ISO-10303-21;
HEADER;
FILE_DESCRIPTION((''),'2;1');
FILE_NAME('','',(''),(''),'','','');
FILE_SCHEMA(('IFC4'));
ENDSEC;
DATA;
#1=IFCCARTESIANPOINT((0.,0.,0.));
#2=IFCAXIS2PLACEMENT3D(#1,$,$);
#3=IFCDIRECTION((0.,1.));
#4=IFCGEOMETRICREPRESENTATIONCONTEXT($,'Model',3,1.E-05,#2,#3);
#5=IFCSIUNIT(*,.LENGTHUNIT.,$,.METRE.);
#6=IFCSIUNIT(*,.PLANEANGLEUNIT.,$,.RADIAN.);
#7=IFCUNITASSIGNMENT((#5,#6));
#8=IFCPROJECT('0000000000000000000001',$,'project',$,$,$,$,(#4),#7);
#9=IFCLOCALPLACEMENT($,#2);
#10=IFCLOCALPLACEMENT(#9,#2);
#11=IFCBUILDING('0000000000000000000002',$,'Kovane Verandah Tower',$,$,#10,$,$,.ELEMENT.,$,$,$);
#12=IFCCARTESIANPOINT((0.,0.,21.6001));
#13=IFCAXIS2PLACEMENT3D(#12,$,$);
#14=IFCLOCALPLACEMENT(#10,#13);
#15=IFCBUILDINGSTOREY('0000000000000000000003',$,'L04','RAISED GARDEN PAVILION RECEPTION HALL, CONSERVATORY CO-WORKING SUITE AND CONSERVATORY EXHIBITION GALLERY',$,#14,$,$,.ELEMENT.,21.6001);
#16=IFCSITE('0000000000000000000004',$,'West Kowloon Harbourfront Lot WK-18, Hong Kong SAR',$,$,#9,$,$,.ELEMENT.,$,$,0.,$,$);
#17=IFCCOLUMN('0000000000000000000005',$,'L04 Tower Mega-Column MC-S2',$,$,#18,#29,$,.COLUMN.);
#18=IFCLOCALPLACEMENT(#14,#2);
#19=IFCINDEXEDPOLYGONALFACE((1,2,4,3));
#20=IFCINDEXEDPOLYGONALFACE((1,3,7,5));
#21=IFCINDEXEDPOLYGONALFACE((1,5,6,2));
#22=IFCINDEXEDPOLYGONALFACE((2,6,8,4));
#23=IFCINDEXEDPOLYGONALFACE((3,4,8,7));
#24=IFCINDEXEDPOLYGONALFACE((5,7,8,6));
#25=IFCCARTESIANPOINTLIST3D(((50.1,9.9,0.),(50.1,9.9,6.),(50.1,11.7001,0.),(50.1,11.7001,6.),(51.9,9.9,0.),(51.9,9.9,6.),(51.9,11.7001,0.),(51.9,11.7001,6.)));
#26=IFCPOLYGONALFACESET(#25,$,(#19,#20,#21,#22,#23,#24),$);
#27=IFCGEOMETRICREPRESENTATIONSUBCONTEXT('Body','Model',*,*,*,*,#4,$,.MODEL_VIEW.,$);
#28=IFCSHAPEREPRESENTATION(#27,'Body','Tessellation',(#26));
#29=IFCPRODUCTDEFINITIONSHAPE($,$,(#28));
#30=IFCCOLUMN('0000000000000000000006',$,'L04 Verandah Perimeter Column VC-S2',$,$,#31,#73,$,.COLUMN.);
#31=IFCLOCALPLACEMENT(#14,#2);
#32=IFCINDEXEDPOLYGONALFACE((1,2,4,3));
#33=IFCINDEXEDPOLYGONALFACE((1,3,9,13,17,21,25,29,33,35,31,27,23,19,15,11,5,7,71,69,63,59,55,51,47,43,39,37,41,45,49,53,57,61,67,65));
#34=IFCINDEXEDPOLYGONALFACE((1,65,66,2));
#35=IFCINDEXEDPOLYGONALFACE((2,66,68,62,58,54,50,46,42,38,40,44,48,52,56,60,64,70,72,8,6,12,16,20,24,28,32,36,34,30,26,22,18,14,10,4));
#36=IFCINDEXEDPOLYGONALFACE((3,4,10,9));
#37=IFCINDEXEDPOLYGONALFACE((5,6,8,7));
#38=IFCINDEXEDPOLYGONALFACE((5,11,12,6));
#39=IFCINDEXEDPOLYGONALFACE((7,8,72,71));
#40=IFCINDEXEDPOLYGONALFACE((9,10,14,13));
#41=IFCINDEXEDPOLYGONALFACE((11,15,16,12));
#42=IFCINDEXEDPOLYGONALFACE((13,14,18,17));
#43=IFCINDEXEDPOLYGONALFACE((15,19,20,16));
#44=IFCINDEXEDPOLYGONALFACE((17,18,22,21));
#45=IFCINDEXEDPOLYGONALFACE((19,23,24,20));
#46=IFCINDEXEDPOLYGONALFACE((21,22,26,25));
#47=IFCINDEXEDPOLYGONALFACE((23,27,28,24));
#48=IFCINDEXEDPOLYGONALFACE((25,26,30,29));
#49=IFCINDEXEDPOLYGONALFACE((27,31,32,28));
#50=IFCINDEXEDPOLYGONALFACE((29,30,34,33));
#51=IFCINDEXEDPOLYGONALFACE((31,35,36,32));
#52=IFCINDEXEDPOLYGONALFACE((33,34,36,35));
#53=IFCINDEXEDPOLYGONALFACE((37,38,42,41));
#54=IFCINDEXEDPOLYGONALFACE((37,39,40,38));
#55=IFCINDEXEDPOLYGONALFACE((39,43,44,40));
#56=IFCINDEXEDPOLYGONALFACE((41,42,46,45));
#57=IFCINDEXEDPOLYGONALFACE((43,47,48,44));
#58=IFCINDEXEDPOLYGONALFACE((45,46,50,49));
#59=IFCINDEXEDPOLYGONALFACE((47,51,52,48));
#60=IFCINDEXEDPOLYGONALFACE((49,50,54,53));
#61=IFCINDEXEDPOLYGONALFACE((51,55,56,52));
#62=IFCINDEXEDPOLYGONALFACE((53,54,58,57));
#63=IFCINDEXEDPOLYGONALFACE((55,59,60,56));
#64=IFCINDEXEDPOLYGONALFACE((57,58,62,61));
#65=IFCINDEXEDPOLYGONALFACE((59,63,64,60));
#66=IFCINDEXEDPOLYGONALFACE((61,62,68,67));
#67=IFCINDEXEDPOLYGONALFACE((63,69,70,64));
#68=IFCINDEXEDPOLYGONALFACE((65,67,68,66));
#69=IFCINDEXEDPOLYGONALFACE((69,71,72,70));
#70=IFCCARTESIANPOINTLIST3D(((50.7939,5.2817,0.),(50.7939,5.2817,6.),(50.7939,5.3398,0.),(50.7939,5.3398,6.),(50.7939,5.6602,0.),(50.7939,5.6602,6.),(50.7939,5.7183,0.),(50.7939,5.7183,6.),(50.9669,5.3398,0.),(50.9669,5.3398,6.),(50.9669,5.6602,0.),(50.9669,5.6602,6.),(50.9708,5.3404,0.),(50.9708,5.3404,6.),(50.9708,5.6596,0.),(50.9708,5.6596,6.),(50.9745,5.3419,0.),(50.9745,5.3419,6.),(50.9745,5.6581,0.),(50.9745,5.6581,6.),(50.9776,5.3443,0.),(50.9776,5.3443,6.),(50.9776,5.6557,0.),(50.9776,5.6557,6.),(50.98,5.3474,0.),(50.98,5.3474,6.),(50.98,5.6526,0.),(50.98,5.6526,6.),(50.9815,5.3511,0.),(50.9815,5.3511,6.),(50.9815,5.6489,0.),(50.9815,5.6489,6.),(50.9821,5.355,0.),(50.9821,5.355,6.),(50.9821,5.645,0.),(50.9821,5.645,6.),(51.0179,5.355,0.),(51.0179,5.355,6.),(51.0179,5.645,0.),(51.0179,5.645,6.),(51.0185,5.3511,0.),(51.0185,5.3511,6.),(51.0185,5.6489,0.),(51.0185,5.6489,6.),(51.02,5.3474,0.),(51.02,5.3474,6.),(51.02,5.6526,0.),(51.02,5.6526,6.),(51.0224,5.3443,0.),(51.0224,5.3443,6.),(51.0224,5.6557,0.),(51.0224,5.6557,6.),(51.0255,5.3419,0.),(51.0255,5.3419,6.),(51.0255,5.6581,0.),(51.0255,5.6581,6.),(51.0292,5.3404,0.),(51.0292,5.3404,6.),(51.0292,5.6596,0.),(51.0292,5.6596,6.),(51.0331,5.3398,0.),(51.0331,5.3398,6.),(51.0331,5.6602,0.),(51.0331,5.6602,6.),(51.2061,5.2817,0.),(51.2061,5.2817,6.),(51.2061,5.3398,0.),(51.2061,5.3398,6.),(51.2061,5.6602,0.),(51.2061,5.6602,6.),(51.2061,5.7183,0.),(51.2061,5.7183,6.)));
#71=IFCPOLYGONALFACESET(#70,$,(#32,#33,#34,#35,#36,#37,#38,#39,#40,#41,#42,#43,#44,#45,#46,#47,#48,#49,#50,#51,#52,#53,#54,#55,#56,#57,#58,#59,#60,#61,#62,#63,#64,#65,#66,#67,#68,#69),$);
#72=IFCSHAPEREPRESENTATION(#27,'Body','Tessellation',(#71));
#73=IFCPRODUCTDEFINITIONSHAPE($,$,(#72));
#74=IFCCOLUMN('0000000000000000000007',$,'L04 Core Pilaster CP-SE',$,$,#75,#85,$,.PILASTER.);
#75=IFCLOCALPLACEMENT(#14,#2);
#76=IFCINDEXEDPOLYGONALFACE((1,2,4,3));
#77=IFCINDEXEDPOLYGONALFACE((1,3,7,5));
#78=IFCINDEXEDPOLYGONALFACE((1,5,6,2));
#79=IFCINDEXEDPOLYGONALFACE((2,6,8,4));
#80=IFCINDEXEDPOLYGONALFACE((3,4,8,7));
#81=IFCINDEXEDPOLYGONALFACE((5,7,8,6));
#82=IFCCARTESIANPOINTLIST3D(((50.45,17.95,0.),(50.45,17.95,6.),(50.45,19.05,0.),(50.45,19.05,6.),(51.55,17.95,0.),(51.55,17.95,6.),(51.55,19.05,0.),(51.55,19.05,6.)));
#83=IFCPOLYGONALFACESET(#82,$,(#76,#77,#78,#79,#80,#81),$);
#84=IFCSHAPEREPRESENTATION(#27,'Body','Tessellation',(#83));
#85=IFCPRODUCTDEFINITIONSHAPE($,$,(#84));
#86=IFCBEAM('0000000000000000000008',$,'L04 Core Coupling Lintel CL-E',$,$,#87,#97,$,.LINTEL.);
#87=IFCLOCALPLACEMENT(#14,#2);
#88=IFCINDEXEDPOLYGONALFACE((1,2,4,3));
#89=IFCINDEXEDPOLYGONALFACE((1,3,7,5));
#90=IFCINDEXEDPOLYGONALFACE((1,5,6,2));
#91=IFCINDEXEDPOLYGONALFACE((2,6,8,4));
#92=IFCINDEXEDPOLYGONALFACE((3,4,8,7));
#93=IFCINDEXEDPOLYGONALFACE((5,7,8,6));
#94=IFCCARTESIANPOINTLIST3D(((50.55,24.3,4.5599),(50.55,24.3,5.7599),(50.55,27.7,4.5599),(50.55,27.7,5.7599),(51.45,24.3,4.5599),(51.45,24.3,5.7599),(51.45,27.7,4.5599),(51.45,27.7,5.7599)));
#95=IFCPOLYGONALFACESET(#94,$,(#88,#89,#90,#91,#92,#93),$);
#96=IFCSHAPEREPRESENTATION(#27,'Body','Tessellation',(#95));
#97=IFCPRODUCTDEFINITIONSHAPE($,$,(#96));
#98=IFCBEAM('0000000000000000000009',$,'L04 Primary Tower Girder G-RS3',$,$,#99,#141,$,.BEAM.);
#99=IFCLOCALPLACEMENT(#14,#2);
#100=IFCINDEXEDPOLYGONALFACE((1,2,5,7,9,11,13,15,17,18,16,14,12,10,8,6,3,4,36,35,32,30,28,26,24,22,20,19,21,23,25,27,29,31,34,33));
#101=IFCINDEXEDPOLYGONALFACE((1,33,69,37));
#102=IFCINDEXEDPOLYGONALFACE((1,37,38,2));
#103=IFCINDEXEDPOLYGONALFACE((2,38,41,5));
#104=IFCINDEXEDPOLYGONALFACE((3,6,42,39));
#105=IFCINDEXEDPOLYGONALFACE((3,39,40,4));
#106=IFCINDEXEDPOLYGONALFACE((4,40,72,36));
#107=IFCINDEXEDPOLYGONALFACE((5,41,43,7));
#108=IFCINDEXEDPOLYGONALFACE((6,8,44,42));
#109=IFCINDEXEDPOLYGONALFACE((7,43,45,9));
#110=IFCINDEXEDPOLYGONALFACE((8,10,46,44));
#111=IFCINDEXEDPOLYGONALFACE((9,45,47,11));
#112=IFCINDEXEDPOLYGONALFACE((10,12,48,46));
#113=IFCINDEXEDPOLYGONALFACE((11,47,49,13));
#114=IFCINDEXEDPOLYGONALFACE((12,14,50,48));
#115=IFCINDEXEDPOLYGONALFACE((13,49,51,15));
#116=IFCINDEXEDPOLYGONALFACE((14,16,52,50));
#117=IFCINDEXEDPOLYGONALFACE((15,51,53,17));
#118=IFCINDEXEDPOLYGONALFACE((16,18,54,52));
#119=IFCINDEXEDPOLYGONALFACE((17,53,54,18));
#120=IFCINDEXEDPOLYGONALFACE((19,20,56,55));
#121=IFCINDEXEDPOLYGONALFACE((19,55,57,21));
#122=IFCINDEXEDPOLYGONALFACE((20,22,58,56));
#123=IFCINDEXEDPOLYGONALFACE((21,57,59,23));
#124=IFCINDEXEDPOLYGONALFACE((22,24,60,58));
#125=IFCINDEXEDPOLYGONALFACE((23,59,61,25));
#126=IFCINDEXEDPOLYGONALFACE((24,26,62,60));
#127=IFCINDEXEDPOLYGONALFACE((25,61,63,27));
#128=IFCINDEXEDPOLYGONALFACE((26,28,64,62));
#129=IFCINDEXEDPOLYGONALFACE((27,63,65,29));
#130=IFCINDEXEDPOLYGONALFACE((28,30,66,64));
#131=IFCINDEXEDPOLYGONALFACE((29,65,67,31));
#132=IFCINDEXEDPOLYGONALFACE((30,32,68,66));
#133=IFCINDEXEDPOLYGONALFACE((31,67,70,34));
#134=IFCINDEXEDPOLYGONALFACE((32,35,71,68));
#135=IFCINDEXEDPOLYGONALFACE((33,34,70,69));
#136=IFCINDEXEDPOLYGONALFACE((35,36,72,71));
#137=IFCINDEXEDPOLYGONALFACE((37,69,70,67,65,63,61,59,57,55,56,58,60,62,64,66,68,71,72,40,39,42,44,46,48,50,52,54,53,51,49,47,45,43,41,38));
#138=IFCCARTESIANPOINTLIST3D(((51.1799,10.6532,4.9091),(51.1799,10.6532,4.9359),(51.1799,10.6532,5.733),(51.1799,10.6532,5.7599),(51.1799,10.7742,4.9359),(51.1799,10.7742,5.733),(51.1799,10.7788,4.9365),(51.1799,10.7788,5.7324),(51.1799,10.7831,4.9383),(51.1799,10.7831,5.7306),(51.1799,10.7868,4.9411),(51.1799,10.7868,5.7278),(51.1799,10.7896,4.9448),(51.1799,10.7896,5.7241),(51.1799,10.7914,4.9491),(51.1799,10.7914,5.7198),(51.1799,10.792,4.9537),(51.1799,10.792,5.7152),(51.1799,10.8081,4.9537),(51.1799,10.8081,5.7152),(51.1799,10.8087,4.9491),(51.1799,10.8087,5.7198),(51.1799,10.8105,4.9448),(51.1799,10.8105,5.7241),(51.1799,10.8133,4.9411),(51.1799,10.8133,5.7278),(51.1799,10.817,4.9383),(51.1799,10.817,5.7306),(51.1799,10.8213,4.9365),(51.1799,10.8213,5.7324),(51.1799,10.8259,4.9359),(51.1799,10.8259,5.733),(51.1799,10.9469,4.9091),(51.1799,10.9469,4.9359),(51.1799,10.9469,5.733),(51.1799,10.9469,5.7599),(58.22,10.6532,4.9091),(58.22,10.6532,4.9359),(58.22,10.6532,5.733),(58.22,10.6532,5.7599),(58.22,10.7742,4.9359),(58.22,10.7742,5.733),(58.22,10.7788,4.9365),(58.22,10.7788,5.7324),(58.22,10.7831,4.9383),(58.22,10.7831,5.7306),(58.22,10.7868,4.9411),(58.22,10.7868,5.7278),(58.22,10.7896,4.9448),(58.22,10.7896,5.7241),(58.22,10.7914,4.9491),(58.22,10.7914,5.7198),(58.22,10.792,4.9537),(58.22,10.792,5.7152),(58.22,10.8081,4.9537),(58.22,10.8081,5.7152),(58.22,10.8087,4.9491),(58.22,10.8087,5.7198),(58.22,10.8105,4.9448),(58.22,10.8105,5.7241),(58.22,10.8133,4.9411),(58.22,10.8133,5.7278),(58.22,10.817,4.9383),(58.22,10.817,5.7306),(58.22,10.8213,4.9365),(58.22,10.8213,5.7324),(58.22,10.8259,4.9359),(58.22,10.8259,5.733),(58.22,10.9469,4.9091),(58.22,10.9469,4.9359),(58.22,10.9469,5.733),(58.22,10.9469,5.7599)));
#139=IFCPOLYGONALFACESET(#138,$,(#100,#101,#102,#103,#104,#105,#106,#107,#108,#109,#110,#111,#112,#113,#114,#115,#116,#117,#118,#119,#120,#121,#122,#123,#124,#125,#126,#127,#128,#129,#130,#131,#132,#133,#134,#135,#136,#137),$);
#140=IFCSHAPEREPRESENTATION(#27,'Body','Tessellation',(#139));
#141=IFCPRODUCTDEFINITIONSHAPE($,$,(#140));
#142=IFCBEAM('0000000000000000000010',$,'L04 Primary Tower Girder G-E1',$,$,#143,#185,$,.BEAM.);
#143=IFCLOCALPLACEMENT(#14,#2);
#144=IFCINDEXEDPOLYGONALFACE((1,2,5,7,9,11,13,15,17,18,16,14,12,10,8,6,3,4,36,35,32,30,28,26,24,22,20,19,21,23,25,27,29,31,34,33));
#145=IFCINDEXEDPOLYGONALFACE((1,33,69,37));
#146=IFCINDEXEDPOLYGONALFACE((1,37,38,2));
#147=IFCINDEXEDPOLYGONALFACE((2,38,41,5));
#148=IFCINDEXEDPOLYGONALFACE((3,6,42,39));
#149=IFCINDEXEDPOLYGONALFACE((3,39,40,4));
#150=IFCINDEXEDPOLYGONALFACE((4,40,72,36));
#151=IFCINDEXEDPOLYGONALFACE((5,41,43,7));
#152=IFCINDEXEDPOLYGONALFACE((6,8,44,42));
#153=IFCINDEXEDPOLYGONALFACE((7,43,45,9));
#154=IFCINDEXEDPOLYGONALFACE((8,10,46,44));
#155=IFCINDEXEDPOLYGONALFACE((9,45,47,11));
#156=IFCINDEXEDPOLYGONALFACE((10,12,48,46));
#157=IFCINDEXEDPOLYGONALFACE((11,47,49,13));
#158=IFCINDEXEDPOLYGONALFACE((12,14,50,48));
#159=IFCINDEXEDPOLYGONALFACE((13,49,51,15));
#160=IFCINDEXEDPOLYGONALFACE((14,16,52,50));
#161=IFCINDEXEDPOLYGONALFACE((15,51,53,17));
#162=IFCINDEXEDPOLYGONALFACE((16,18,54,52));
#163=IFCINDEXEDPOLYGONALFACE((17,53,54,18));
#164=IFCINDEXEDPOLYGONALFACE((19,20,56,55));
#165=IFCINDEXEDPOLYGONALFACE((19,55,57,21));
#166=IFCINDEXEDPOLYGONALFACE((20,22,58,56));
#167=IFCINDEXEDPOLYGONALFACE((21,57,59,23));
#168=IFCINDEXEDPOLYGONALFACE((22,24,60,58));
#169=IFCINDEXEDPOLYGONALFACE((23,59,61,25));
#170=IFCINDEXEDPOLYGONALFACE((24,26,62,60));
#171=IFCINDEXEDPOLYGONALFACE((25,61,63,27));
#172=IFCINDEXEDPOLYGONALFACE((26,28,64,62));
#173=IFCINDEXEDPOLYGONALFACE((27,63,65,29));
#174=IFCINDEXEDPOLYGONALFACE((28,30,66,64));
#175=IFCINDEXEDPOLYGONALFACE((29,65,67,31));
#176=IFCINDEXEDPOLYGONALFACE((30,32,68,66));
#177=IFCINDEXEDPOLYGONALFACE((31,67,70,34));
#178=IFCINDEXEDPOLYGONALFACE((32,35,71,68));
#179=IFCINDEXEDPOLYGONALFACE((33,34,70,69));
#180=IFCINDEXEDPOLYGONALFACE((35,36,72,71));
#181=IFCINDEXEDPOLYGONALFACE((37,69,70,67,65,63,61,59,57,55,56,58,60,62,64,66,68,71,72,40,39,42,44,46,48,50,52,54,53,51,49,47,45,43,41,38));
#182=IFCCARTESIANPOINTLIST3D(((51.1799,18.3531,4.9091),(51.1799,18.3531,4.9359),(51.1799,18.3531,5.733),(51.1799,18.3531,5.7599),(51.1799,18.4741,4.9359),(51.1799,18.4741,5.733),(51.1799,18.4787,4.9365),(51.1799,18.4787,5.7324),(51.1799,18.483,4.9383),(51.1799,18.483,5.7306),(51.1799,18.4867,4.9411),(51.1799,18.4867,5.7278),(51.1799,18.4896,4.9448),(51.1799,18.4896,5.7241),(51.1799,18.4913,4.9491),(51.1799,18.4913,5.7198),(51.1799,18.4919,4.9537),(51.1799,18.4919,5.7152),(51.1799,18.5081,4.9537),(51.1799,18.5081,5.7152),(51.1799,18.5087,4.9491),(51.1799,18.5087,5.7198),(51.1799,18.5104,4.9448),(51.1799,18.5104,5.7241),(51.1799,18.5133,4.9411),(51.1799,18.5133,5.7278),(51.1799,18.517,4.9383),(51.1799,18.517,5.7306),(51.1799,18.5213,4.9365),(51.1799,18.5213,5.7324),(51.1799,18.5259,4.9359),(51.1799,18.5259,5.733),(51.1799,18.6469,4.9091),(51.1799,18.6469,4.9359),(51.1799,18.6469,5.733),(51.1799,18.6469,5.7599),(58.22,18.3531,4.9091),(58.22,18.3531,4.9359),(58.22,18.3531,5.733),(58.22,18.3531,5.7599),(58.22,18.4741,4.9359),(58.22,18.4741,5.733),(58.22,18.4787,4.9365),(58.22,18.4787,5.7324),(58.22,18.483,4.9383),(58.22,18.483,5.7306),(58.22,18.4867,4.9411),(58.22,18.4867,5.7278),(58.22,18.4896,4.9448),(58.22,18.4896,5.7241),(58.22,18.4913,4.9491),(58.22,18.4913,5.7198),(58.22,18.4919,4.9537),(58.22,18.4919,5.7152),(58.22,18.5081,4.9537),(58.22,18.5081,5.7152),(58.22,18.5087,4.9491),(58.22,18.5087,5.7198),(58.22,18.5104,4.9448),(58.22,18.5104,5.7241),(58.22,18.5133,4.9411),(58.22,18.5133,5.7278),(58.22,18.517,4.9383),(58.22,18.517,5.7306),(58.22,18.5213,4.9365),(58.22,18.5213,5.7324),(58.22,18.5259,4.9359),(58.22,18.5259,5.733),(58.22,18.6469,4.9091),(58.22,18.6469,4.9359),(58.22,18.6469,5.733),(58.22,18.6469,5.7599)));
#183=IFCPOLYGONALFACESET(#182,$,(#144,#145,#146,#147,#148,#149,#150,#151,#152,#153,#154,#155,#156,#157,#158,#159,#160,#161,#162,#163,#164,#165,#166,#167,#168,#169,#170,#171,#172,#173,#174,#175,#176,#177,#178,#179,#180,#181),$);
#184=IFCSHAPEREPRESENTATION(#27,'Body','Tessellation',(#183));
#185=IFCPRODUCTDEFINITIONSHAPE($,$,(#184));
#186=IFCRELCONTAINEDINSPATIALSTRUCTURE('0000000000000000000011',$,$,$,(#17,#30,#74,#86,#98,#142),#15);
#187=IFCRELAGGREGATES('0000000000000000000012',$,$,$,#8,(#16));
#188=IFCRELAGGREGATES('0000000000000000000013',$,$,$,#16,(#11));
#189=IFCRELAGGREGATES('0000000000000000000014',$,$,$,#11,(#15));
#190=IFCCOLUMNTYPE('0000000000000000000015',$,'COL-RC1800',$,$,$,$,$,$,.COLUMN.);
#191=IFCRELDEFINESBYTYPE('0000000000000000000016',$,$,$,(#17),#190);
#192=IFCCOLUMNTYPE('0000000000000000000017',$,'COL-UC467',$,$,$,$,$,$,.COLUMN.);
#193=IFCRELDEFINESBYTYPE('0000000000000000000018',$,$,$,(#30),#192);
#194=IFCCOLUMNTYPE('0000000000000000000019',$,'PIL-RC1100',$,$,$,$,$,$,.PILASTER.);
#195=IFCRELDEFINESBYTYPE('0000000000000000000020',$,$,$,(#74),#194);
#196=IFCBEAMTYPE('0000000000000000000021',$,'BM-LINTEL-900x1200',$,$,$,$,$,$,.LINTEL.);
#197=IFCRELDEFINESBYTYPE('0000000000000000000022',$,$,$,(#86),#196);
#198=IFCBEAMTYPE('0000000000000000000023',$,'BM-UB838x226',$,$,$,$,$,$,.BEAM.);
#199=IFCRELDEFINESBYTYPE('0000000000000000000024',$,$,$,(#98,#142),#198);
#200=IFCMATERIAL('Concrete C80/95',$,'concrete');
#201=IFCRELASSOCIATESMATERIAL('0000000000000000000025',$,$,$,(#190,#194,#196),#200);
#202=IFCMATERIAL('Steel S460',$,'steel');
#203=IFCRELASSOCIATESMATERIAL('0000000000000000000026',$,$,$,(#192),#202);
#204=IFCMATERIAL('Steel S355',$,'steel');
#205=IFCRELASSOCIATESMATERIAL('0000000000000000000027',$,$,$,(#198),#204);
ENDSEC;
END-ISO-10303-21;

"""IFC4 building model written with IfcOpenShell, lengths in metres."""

from ifc_helpers import new_model, si_unit, direction, frame, origin, origin_2d, place, context, subcontext, project, spatial, rectangle, i_section, extrude, material, material_profile, profile_set, type_object, element, save


model = new_model("IFC4")

# Units and contexts
model_context = context("Model", 3, precision=1e-05, world=origin(), true_north=direction((0.0, 1.0)))
body_context = subcontext(model_context, "Body", "Model", "MODEL_VIEW")
ifc_project = project(units=[si_unit("LENGTHUNIT", "METRE"), si_unit("PLANEANGLEUNIT", "RADIAN")], contexts=[model_context])

# Site, building, storey
site_placement = place(None, origin())
site = spatial("IfcSite", under=ifc_project, at=site_placement, Name="West Kowloon Harbourfront Lot WK-18, Hong Kong SAR", CompositionType="ELEMENT", RefElevation=0.0)
building_placement = place(site_placement, origin())
building = spatial("IfcBuilding", under=site, at=building_placement, Name="Kovane Verandah Tower", CompositionType="ELEMENT")
storey_placement = place(building_placement, frame((0.0, 0.0, 21.6001)))
storey = spatial("IfcBuildingStorey", under=building, at=storey_placement, Name="L04", Description="RAISED GARDEN PAVILION RECEPTION HALL, CONSERVATORY CO-WORKING SUITE AND CONSERVATORY EXHIBITION GALLERY", CompositionType="ELEMENT", Elevation=21.6001)

# Columns
ifc_material_1 = material(Name="Concrete C80/95", Category="concrete")
ifc_material_profile_1 = material_profile(ifc_material_1, rectangle(XDim=1.8, YDim=1.8, at=origin_2d()), Name="RC1800x1800")
ifc_profile_set_1 = profile_set([ifc_material_profile_1], Name="Concrete C80/95")
column_type_1 = type_object("IfcColumnType", Name="COL-RC1800", PredefinedType="COLUMN", material=ifc_profile_set_1)
column_1_placement = place(storey_placement, frame((51.0, 10.8, 0.0), z_axis=(0.0, 0.0, 1.0), x_axis=(1.0, 0.0, 0.0)))
element("IfcColumn", 1, at=column_1_placement, inside=storey, type_object=column_type_1, Name="L04 Tower Mega-Column MC-S2", PredefinedType="COLUMN", context=body_context, shape_type="SweptSolid", body=[
    extrude(rectangle(XDim=1.8, YDim=1.8, at=origin_2d()), origin(), (0.0, 0.0, 1.0), 6.0),
])
ifc_material_2 = material(Name="Steel S460", Category="steel")
ifc_material_profile_2 = material_profile(ifc_material_2, i_section(OverallWidth=0.4121, OverallDepth=0.4365, WebThickness=0.0359, FlangeThickness=0.0581, FilletRadius=0.0151, at=origin_2d()), Name="UC356x406x467")
ifc_profile_set_2 = profile_set([ifc_material_profile_2], Name="Steel S460")
column_type_2 = type_object("IfcColumnType", Name="COL-UC467", PredefinedType="COLUMN", material=ifc_profile_set_2)
column_2_placement = place(storey_placement, frame((51.0, 5.5, 0.0), z_axis=(0.0, 0.0, 1.0), x_axis=(1.0, 0.0, 0.0)))
element("IfcColumn", 2, at=column_2_placement, inside=storey, type_object=column_type_2, Name="L04 Verandah Perimeter Column VC-S2", PredefinedType="COLUMN", context=body_context, shape_type="SweptSolid", body=[
    extrude(i_section(OverallWidth=0.4121, OverallDepth=0.4365, WebThickness=0.0359, FlangeThickness=0.0581, FilletRadius=0.0151, at=origin_2d()), origin(), (0.0, 0.0, 1.0), 6.0),
])
ifc_material_profile_3 = material_profile(ifc_material_1, rectangle(XDim=1.1001, YDim=1.1001, at=origin_2d()), Name="RC1100x1100")
ifc_profile_set_3 = profile_set([ifc_material_profile_3], Name="Concrete C80/95")
column_type_3 = type_object("IfcColumnType", Name="PIL-RC1100", PredefinedType="PILASTER", material=ifc_profile_set_3)
column_3_placement = place(storey_placement, frame((51.0, 18.5, 0.0), z_axis=(0.0, 0.0, 1.0), x_axis=(1.0, 0.0, 0.0)))
element("IfcColumn", 3, at=column_3_placement, inside=storey, type_object=column_type_3, Name="L04 Core Pilaster CP-SE", PredefinedType="PILASTER", context=body_context, shape_type="SweptSolid", body=[
    extrude(rectangle(XDim=1.1001, YDim=1.1001, at=origin_2d()), origin(), (0.0, 0.0, 1.0), 6.0),
])

# Beams
ifc_material_profile_4 = material_profile(ifc_material_1, rectangle(XDim=0.8999, YDim=1.2, at=origin_2d()), Name="RCB900x1200")
ifc_profile_set_4 = profile_set([ifc_material_profile_4], Name="Concrete C80/95")
beam_type_1 = type_object("IfcBeamType", Name="BM-LINTEL-900x1200", PredefinedType="LINTEL", material=ifc_profile_set_4)
beam_1_placement = place(storey_placement, frame((51.0, 24.3, 5.1599), z_axis=(0.0, 1.0, 0.0), x_axis=(-1.0, 0.0, 0.0)))
element("IfcBeam", 4, at=beam_1_placement, inside=storey, type_object=beam_type_1, Name="L04 Core Coupling Lintel CL-E", PredefinedType="LINTEL", context=body_context, shape_type="SweptSolid", body=[
    extrude(rectangle(XDim=0.8999, YDim=1.2, at=origin_2d()), origin(), (0.0, 0.0, 1.0), 3.3999),
])
ifc_material_3 = material(Name="Steel S355", Category="steel")
ifc_material_profile_5 = material_profile(ifc_material_3, i_section(OverallWidth=0.2937, OverallDepth=0.8508, WebThickness=0.0161, FlangeThickness=0.0269, FilletRadius=0.0178, at=origin_2d()), Name="UB838x292x226")
ifc_profile_set_5 = profile_set([ifc_material_profile_5], Name="Steel S355")
beam_type_2 = type_object("IfcBeamType", Name="BM-UB838x226", PredefinedType="BEAM", material=ifc_profile_set_5)
for number, where, z_axis, x_axis, name in (
    (5, (51.1799, 10.8, 5.3345), (1.0, 0.0, 0.0), (0.0, 1.0, 0.0), "L04 Primary Tower Girder G-RS3"),
    (6, (51.1799, 18.5, 5.3345), (1.0, 0.0, 0.0), (0.0, 1.0, 0.0), "L04 Primary Tower Girder G-E1"),
):
    element("IfcBeam", number, at=place(storey_placement, frame(where, z_axis=z_axis, x_axis=x_axis)), inside=storey, type_object=beam_type_2, Name=name, PredefinedType="BEAM", context=body_context, shape_type="SweptSolid", body=[
        extrude(i_section(OverallWidth=0.2937, OverallDepth=0.8508, WebThickness=0.0161, FlangeThickness=0.0269, FilletRadius=0.0178, at=origin_2d()), origin(), (0.0, 0.0, 1.0), 7.04),
    ])

save(model, "model.ifc")
